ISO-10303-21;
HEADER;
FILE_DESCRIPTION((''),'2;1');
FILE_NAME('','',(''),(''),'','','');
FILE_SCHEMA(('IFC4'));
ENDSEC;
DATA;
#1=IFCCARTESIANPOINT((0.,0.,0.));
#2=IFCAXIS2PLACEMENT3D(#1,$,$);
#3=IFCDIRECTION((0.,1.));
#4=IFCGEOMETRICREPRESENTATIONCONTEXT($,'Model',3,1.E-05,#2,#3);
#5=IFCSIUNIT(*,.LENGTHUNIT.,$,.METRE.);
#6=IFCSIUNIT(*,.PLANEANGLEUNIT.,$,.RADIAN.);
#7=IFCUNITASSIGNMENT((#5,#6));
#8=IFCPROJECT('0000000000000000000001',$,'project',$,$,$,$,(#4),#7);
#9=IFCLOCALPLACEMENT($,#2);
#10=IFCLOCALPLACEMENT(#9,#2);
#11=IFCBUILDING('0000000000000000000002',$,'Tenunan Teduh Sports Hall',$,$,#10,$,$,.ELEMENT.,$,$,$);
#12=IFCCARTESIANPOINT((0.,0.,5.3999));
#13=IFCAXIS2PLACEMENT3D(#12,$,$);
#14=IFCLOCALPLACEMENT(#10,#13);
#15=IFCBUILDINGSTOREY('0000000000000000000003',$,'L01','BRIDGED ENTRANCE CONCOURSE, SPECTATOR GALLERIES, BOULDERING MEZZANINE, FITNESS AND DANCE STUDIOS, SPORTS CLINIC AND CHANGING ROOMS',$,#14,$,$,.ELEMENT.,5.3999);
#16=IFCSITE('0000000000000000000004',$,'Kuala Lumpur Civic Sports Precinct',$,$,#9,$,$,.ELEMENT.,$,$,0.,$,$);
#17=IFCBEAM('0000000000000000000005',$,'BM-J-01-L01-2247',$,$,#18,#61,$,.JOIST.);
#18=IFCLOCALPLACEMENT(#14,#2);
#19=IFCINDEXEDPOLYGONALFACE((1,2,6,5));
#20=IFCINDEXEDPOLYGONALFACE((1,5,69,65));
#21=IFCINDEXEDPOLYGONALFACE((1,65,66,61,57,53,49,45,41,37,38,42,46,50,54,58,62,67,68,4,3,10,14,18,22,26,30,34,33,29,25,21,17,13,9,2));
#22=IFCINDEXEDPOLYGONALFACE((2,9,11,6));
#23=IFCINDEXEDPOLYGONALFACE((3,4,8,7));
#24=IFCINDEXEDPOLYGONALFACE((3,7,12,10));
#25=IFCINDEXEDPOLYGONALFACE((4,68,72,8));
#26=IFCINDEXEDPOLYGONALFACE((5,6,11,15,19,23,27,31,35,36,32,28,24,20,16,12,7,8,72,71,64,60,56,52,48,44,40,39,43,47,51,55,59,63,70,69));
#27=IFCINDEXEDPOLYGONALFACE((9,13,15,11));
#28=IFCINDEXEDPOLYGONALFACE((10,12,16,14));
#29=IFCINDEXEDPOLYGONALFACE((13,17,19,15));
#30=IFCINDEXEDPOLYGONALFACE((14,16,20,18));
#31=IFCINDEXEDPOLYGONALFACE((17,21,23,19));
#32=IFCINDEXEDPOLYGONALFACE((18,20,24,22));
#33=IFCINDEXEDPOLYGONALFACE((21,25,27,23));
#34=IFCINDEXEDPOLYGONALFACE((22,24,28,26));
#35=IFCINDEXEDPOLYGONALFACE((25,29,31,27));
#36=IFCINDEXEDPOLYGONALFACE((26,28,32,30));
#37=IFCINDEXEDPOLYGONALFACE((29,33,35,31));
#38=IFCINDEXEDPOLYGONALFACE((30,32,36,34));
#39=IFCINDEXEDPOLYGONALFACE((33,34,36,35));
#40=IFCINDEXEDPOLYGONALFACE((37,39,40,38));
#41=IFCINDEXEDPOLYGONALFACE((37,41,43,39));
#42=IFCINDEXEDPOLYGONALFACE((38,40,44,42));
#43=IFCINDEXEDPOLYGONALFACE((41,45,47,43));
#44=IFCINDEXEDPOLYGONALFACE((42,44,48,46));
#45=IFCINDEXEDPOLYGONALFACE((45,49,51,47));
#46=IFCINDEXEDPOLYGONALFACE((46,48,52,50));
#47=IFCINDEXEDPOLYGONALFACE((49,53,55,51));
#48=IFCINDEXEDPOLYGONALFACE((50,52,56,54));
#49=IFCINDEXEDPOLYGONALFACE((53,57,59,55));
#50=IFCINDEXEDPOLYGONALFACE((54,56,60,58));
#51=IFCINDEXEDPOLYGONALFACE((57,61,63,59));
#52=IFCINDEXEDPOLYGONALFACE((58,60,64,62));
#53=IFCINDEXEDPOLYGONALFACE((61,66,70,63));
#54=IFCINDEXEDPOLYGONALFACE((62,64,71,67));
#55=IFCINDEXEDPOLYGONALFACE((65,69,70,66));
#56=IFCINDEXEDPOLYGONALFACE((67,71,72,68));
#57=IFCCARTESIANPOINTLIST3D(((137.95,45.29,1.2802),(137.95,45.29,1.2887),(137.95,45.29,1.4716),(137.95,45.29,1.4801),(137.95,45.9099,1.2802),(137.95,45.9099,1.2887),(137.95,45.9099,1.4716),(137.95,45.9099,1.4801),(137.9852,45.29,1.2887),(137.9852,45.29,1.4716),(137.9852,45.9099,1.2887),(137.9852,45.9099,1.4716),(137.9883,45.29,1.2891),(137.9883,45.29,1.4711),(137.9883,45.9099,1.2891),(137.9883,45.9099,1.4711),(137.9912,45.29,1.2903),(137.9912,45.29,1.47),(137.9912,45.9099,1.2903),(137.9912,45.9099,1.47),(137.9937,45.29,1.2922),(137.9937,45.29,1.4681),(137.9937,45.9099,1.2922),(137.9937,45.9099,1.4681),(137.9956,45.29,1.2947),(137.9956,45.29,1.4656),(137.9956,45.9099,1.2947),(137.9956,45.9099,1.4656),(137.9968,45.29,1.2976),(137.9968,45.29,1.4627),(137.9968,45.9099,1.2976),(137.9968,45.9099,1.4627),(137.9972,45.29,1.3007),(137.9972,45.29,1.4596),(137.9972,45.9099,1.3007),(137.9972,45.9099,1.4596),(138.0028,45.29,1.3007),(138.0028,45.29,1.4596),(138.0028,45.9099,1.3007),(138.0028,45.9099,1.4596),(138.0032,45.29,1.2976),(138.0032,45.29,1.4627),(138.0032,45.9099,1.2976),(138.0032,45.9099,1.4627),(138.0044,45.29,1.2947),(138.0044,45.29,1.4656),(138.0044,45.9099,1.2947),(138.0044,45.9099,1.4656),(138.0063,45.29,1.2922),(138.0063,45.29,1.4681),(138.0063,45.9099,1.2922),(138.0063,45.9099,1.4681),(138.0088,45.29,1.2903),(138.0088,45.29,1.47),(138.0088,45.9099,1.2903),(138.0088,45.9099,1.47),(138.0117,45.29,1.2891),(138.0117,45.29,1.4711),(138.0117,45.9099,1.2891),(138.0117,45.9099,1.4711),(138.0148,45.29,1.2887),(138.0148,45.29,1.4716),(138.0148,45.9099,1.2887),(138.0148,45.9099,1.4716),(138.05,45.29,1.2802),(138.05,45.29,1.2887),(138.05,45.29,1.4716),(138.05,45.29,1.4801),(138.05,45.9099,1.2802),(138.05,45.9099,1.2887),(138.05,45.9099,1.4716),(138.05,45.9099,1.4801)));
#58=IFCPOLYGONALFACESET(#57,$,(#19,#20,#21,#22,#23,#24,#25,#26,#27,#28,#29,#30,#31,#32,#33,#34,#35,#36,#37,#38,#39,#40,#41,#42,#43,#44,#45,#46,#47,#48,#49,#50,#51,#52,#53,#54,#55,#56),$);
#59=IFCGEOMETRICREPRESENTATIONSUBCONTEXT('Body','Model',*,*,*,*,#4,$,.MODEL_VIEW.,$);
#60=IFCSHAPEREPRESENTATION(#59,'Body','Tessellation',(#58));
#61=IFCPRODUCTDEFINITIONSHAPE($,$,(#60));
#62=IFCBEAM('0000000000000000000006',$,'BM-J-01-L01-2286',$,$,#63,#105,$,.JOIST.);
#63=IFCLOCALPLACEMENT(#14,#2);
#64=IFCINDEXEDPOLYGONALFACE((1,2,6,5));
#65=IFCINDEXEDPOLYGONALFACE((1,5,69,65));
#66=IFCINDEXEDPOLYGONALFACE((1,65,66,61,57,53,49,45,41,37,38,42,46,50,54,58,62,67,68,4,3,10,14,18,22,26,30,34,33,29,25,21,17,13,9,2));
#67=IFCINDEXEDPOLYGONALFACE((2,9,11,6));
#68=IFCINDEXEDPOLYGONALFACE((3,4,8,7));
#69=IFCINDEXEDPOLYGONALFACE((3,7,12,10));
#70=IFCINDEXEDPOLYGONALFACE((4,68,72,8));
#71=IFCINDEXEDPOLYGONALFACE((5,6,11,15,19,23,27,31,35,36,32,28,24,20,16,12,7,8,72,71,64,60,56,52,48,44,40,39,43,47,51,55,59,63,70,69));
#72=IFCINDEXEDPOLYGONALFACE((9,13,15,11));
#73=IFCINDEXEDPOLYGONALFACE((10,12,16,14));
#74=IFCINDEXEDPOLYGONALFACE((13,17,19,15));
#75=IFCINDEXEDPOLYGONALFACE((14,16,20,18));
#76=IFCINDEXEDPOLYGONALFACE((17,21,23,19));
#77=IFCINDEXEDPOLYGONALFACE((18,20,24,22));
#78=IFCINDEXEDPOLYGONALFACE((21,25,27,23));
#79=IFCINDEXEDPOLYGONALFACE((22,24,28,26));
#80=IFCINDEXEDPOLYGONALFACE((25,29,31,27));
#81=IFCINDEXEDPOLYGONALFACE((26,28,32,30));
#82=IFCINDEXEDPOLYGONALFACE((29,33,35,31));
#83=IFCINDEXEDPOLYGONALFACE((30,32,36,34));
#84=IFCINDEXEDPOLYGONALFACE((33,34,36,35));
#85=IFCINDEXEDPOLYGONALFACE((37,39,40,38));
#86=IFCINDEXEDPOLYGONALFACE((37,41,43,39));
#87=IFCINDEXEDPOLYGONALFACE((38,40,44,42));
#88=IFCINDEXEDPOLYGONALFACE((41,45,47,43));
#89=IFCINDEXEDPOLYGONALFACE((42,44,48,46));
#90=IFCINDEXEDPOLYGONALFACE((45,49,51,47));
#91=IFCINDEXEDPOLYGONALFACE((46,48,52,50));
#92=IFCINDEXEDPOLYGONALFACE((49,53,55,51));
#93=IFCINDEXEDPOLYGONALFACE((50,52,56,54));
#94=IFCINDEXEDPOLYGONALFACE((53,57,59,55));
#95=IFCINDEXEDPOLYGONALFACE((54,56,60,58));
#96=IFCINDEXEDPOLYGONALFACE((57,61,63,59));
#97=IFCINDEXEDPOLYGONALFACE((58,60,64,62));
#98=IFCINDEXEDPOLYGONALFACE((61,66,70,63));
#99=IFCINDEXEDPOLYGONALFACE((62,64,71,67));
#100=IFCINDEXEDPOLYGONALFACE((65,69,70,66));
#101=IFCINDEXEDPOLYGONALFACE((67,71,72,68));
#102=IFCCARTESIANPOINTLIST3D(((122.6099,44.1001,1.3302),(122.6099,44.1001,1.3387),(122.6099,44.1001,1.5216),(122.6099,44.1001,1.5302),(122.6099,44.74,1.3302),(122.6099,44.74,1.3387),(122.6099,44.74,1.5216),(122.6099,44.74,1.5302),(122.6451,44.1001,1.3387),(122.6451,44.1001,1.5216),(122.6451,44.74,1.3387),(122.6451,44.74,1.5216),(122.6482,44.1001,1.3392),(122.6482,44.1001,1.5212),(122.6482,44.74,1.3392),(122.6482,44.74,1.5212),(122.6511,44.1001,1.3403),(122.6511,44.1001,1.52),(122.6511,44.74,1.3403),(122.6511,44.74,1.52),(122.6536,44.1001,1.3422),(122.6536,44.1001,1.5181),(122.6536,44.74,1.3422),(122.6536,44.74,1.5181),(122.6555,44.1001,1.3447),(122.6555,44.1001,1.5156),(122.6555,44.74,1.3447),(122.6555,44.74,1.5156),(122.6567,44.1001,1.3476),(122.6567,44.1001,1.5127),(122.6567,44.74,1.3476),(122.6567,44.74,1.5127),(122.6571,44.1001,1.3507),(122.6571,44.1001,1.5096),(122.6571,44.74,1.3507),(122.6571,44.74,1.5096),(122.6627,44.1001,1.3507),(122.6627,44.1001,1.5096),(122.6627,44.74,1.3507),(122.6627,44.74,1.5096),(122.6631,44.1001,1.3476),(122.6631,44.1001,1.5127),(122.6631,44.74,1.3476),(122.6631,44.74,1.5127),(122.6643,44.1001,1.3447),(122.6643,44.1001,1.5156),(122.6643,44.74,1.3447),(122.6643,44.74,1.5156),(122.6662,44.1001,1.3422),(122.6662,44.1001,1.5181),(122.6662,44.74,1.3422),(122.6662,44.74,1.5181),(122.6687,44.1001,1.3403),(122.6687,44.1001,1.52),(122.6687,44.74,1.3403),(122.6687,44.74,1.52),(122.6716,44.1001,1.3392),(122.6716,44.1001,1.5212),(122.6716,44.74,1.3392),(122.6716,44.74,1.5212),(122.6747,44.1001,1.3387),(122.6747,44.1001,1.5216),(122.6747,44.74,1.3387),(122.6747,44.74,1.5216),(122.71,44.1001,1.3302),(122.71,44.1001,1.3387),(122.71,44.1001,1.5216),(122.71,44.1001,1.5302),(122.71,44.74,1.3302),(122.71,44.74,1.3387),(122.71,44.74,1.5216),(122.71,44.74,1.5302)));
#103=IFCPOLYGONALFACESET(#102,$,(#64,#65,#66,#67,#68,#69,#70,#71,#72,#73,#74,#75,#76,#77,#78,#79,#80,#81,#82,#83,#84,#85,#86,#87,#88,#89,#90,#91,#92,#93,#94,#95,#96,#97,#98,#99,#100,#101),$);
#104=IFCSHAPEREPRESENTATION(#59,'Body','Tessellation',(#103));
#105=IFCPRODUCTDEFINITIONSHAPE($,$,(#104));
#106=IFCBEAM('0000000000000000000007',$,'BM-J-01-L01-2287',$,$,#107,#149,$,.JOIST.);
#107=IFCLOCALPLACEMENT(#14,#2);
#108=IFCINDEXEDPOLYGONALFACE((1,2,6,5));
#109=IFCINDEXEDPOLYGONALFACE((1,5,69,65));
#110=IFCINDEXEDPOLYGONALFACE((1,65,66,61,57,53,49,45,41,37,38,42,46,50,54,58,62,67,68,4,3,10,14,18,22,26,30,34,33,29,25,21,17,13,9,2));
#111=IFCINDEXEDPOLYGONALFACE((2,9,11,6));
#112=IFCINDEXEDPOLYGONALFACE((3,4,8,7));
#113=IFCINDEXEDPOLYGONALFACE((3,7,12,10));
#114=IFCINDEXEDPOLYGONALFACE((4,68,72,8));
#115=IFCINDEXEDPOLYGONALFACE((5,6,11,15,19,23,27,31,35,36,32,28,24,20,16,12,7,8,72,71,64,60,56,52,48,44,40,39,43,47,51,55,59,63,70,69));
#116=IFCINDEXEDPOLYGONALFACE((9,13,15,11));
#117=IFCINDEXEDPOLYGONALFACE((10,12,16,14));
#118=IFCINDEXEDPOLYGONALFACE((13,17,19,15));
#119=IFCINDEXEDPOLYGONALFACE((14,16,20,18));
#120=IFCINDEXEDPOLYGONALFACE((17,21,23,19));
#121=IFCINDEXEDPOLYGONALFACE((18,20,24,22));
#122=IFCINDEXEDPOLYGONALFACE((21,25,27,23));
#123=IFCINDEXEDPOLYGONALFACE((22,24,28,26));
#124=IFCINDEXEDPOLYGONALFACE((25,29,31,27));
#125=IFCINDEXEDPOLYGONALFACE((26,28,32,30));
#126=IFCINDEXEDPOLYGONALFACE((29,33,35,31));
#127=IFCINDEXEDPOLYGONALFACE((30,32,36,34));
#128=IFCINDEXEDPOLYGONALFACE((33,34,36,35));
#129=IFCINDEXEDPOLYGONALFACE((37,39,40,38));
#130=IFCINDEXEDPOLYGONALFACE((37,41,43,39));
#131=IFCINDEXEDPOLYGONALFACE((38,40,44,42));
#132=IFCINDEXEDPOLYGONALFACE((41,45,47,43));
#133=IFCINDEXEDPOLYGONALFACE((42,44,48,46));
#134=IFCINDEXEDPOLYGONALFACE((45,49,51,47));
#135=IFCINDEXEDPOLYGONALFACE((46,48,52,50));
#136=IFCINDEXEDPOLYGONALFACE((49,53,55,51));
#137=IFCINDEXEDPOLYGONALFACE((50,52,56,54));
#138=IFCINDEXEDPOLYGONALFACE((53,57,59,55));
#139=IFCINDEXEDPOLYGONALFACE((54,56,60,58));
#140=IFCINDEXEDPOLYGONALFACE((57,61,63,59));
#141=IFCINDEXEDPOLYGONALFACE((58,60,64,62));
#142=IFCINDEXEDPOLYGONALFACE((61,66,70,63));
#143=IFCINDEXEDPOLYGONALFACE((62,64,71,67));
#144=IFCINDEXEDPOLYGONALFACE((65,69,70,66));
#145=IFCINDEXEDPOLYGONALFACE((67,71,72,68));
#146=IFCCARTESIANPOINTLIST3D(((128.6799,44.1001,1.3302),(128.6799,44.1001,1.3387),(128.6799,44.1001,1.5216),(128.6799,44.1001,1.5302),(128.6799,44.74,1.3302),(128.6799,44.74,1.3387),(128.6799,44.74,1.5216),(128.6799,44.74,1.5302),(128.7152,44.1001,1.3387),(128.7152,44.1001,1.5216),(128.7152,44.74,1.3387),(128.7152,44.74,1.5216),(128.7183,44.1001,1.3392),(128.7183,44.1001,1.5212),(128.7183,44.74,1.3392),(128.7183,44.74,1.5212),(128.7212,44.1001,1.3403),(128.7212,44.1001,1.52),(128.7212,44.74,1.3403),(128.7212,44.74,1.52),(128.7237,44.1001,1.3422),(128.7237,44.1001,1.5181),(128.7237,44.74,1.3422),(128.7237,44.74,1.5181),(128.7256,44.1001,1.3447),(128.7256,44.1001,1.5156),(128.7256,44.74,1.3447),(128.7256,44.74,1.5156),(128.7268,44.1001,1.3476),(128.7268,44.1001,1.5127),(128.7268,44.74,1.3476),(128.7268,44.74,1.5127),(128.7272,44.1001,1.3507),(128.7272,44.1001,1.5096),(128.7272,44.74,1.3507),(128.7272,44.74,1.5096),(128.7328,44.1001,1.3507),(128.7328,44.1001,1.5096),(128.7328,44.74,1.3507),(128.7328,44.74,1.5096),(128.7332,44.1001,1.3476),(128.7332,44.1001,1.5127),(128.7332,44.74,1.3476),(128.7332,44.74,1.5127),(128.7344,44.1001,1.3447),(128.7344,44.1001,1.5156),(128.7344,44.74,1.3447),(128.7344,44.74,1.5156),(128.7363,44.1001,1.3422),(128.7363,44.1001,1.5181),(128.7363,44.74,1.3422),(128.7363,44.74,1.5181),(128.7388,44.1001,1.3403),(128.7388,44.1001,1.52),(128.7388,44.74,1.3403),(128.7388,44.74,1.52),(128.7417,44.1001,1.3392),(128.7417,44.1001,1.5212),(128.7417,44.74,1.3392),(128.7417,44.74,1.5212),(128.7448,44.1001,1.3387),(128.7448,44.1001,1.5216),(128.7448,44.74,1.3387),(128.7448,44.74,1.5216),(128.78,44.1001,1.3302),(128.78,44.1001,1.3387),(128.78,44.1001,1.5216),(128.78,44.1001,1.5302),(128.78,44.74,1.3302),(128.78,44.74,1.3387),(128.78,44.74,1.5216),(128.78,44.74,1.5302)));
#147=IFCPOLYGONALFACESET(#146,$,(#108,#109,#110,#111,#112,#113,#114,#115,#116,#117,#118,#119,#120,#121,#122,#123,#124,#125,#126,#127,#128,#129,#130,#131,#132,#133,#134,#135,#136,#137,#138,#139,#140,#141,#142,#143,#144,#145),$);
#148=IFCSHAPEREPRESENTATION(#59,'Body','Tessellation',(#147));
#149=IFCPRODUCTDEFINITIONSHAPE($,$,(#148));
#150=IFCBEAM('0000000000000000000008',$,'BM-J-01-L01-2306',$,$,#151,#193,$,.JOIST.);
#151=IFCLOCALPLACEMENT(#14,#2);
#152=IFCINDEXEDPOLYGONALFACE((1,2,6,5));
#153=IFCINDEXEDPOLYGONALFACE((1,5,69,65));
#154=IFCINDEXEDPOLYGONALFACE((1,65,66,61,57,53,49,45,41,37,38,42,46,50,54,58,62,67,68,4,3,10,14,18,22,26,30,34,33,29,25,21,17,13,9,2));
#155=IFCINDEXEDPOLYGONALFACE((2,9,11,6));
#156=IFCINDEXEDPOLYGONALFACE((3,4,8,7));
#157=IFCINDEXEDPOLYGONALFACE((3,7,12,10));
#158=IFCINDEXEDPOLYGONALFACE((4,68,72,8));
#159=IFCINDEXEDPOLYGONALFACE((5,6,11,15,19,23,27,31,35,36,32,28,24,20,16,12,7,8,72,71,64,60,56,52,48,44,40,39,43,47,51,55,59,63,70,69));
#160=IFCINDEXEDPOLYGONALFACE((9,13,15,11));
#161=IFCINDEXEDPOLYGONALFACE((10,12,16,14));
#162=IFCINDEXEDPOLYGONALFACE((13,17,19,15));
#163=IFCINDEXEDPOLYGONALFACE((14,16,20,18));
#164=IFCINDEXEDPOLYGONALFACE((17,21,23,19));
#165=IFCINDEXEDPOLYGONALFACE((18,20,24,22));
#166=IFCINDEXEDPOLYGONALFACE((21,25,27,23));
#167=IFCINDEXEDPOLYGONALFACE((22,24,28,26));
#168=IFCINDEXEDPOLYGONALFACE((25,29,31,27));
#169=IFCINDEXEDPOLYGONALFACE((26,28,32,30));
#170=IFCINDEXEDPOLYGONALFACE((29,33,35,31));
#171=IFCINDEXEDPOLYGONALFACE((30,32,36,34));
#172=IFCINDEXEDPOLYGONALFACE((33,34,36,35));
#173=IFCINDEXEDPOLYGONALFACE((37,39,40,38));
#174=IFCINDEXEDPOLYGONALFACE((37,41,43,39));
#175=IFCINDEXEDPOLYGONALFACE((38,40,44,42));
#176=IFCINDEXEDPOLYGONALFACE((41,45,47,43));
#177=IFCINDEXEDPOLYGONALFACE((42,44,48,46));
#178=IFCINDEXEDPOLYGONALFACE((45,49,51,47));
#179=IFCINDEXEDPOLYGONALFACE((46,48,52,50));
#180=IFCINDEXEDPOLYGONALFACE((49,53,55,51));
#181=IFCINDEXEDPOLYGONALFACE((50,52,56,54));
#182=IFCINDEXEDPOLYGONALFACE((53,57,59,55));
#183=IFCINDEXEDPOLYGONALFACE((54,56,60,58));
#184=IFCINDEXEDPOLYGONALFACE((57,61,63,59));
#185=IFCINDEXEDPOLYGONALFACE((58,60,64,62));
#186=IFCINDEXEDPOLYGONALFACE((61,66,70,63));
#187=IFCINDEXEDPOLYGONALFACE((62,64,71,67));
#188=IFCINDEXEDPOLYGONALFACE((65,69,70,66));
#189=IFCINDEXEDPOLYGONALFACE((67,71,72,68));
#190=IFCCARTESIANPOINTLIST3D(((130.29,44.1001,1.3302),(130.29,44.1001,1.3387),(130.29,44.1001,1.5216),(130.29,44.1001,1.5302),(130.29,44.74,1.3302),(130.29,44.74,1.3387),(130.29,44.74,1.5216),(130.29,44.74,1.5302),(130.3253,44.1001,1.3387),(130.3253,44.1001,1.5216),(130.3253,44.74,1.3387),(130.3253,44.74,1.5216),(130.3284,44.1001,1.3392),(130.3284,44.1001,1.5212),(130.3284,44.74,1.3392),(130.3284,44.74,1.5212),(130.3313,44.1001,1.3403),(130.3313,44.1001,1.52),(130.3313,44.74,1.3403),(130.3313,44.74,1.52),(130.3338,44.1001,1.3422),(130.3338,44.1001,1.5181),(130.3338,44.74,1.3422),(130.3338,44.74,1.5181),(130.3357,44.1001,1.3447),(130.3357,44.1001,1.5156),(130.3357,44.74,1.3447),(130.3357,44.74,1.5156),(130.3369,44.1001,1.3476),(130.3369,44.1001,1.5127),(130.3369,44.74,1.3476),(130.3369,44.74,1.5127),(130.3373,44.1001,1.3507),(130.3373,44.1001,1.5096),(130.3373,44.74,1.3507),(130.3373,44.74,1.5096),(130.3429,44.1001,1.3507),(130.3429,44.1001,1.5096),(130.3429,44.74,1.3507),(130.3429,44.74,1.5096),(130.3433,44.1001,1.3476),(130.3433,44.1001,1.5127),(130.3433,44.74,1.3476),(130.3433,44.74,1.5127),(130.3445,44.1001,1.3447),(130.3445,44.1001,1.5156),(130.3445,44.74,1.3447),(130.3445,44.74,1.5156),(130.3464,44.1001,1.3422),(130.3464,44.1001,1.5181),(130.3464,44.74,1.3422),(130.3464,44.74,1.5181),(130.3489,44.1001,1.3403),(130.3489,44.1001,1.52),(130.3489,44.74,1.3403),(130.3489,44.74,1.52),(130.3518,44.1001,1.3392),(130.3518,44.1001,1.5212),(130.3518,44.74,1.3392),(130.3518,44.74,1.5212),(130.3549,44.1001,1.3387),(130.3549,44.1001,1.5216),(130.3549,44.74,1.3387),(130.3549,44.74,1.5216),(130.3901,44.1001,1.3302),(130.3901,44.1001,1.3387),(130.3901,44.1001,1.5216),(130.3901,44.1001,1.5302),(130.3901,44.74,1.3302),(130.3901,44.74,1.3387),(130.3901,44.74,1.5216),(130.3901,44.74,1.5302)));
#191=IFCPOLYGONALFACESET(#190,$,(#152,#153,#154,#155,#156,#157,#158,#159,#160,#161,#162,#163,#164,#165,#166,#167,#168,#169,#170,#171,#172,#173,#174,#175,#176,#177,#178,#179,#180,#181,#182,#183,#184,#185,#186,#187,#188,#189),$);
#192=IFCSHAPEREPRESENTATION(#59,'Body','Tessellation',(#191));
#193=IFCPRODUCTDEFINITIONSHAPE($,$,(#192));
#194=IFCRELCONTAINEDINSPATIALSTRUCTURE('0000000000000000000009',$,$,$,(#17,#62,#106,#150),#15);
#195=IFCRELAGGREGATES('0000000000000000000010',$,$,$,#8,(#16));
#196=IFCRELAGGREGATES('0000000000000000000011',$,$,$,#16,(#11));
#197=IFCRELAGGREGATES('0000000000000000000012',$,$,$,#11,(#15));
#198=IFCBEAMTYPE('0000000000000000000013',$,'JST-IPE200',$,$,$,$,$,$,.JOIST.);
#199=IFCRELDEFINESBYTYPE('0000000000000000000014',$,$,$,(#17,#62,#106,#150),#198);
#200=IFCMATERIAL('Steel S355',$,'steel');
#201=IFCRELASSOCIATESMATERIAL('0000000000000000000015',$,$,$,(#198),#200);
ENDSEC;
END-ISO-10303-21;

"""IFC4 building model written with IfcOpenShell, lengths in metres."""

from ifc_helpers import new_model, si_unit, direction, frame, origin, origin_2d, place, context, subcontext, project, spatial, i_section, extrude, material, material_profile, profile_set, type_object, element, save


model = new_model("IFC4")

# Units and contexts
model_context = context("Model", 3, precision=1e-05, world=origin(), true_north=direction((0.0, 1.0)))
body_context = subcontext(model_context, "Body", "Model", "MODEL_VIEW")
ifc_project = project(units=[si_unit("LENGTHUNIT", "METRE"), si_unit("PLANEANGLEUNIT", "RADIAN")], contexts=[model_context])

# Site, building, storey
site_placement = place(None, origin())
site = spatial("IfcSite", under=ifc_project, at=site_placement, Name="Kuala Lumpur Civic Sports Precinct", CompositionType="ELEMENT", RefElevation=0.0)
building_placement = place(site_placement, origin())
building = spatial("IfcBuilding", under=site, at=building_placement, Name="Tenunan Teduh Sports Hall", CompositionType="ELEMENT")
storey_placement = place(building_placement, frame((0.0, 0.0, 5.3999)))
storey = spatial("IfcBuildingStorey", under=building, at=storey_placement, Name="L01", Description="BRIDGED ENTRANCE CONCOURSE, SPECTATOR GALLERIES, BOULDERING MEZZANINE, FITNESS AND DANCE STUDIOS, SPORTS CLINIC AND CHANGING ROOMS", CompositionType="ELEMENT", Elevation=5.3999)

# Beams
ifc_material_1 = material(Name="Steel S355", Category="steel")
ifc_material_profile_1 = material_profile(ifc_material_1, i_section(OverallWidth=0.1001, OverallDepth=0.2, WebThickness=0.0056, FlangeThickness=0.0085, FilletRadius=0.012, at=origin_2d()), Name="IPE 200")
ifc_profile_set_1 = profile_set([ifc_material_profile_1], Name="Steel S355")
beam_type_1 = type_object("IfcBeamType", Name="JST-IPE200", PredefinedType="JOIST", material=ifc_profile_set_1)
for number, where, z_axis, x_axis, name in (
    (1, (138.0, 45.29, 1.3801), (0.0, 1.0, 0.0), (-1.0, 0.0, 0.0), "BM-J-01-L01-2247"),
):
    element("IfcBeam", number, at=place(storey_placement, frame(where, z_axis=z_axis, x_axis=x_axis)), inside=storey, type_object=beam_type_1, Name=name, PredefinedType="JOIST", context=body_context, shape_type="SweptSolid", body=[
        extrude(i_section(OverallWidth=0.1001, OverallDepth=0.2, WebThickness=0.0056, FlangeThickness=0.0085, FilletRadius=0.012, at=origin_2d()), origin(), (0.0, 0.0, 1.0), 0.6199),
    ])
for number, where, z_axis, x_axis, name in (
    (2, (122.6599, 44.1001, 1.4302), (0.0, 1.0, 0.0), (-1.0, 0.0, 0.0), "BM-J-01-L01-2286"),
    (3, (128.73, 44.1001, 1.4302), (0.0, 1.0, 0.0), (-1.0, 0.0, 0.0), "BM-J-01-L01-2287"),
    (4, (130.3401, 44.1001, 1.4302), (0.0, 1.0, 0.0), (-1.0, 0.0, 0.0), "BM-J-01-L01-2306"),
):
    element("IfcBeam", number, at=place(storey_placement, frame(where, z_axis=z_axis, x_axis=x_axis)), inside=storey, type_object=beam_type_1, Name=name, PredefinedType="JOIST", context=body_context, shape_type="SweptSolid", body=[
        extrude(i_section(OverallWidth=0.1001, OverallDepth=0.2, WebThickness=0.0056, FlangeThickness=0.0085, FilletRadius=0.012, at=origin_2d()), origin(), (0.0, 0.0, 1.0), 0.6399),
    ])

save(model, "model.ifc")
